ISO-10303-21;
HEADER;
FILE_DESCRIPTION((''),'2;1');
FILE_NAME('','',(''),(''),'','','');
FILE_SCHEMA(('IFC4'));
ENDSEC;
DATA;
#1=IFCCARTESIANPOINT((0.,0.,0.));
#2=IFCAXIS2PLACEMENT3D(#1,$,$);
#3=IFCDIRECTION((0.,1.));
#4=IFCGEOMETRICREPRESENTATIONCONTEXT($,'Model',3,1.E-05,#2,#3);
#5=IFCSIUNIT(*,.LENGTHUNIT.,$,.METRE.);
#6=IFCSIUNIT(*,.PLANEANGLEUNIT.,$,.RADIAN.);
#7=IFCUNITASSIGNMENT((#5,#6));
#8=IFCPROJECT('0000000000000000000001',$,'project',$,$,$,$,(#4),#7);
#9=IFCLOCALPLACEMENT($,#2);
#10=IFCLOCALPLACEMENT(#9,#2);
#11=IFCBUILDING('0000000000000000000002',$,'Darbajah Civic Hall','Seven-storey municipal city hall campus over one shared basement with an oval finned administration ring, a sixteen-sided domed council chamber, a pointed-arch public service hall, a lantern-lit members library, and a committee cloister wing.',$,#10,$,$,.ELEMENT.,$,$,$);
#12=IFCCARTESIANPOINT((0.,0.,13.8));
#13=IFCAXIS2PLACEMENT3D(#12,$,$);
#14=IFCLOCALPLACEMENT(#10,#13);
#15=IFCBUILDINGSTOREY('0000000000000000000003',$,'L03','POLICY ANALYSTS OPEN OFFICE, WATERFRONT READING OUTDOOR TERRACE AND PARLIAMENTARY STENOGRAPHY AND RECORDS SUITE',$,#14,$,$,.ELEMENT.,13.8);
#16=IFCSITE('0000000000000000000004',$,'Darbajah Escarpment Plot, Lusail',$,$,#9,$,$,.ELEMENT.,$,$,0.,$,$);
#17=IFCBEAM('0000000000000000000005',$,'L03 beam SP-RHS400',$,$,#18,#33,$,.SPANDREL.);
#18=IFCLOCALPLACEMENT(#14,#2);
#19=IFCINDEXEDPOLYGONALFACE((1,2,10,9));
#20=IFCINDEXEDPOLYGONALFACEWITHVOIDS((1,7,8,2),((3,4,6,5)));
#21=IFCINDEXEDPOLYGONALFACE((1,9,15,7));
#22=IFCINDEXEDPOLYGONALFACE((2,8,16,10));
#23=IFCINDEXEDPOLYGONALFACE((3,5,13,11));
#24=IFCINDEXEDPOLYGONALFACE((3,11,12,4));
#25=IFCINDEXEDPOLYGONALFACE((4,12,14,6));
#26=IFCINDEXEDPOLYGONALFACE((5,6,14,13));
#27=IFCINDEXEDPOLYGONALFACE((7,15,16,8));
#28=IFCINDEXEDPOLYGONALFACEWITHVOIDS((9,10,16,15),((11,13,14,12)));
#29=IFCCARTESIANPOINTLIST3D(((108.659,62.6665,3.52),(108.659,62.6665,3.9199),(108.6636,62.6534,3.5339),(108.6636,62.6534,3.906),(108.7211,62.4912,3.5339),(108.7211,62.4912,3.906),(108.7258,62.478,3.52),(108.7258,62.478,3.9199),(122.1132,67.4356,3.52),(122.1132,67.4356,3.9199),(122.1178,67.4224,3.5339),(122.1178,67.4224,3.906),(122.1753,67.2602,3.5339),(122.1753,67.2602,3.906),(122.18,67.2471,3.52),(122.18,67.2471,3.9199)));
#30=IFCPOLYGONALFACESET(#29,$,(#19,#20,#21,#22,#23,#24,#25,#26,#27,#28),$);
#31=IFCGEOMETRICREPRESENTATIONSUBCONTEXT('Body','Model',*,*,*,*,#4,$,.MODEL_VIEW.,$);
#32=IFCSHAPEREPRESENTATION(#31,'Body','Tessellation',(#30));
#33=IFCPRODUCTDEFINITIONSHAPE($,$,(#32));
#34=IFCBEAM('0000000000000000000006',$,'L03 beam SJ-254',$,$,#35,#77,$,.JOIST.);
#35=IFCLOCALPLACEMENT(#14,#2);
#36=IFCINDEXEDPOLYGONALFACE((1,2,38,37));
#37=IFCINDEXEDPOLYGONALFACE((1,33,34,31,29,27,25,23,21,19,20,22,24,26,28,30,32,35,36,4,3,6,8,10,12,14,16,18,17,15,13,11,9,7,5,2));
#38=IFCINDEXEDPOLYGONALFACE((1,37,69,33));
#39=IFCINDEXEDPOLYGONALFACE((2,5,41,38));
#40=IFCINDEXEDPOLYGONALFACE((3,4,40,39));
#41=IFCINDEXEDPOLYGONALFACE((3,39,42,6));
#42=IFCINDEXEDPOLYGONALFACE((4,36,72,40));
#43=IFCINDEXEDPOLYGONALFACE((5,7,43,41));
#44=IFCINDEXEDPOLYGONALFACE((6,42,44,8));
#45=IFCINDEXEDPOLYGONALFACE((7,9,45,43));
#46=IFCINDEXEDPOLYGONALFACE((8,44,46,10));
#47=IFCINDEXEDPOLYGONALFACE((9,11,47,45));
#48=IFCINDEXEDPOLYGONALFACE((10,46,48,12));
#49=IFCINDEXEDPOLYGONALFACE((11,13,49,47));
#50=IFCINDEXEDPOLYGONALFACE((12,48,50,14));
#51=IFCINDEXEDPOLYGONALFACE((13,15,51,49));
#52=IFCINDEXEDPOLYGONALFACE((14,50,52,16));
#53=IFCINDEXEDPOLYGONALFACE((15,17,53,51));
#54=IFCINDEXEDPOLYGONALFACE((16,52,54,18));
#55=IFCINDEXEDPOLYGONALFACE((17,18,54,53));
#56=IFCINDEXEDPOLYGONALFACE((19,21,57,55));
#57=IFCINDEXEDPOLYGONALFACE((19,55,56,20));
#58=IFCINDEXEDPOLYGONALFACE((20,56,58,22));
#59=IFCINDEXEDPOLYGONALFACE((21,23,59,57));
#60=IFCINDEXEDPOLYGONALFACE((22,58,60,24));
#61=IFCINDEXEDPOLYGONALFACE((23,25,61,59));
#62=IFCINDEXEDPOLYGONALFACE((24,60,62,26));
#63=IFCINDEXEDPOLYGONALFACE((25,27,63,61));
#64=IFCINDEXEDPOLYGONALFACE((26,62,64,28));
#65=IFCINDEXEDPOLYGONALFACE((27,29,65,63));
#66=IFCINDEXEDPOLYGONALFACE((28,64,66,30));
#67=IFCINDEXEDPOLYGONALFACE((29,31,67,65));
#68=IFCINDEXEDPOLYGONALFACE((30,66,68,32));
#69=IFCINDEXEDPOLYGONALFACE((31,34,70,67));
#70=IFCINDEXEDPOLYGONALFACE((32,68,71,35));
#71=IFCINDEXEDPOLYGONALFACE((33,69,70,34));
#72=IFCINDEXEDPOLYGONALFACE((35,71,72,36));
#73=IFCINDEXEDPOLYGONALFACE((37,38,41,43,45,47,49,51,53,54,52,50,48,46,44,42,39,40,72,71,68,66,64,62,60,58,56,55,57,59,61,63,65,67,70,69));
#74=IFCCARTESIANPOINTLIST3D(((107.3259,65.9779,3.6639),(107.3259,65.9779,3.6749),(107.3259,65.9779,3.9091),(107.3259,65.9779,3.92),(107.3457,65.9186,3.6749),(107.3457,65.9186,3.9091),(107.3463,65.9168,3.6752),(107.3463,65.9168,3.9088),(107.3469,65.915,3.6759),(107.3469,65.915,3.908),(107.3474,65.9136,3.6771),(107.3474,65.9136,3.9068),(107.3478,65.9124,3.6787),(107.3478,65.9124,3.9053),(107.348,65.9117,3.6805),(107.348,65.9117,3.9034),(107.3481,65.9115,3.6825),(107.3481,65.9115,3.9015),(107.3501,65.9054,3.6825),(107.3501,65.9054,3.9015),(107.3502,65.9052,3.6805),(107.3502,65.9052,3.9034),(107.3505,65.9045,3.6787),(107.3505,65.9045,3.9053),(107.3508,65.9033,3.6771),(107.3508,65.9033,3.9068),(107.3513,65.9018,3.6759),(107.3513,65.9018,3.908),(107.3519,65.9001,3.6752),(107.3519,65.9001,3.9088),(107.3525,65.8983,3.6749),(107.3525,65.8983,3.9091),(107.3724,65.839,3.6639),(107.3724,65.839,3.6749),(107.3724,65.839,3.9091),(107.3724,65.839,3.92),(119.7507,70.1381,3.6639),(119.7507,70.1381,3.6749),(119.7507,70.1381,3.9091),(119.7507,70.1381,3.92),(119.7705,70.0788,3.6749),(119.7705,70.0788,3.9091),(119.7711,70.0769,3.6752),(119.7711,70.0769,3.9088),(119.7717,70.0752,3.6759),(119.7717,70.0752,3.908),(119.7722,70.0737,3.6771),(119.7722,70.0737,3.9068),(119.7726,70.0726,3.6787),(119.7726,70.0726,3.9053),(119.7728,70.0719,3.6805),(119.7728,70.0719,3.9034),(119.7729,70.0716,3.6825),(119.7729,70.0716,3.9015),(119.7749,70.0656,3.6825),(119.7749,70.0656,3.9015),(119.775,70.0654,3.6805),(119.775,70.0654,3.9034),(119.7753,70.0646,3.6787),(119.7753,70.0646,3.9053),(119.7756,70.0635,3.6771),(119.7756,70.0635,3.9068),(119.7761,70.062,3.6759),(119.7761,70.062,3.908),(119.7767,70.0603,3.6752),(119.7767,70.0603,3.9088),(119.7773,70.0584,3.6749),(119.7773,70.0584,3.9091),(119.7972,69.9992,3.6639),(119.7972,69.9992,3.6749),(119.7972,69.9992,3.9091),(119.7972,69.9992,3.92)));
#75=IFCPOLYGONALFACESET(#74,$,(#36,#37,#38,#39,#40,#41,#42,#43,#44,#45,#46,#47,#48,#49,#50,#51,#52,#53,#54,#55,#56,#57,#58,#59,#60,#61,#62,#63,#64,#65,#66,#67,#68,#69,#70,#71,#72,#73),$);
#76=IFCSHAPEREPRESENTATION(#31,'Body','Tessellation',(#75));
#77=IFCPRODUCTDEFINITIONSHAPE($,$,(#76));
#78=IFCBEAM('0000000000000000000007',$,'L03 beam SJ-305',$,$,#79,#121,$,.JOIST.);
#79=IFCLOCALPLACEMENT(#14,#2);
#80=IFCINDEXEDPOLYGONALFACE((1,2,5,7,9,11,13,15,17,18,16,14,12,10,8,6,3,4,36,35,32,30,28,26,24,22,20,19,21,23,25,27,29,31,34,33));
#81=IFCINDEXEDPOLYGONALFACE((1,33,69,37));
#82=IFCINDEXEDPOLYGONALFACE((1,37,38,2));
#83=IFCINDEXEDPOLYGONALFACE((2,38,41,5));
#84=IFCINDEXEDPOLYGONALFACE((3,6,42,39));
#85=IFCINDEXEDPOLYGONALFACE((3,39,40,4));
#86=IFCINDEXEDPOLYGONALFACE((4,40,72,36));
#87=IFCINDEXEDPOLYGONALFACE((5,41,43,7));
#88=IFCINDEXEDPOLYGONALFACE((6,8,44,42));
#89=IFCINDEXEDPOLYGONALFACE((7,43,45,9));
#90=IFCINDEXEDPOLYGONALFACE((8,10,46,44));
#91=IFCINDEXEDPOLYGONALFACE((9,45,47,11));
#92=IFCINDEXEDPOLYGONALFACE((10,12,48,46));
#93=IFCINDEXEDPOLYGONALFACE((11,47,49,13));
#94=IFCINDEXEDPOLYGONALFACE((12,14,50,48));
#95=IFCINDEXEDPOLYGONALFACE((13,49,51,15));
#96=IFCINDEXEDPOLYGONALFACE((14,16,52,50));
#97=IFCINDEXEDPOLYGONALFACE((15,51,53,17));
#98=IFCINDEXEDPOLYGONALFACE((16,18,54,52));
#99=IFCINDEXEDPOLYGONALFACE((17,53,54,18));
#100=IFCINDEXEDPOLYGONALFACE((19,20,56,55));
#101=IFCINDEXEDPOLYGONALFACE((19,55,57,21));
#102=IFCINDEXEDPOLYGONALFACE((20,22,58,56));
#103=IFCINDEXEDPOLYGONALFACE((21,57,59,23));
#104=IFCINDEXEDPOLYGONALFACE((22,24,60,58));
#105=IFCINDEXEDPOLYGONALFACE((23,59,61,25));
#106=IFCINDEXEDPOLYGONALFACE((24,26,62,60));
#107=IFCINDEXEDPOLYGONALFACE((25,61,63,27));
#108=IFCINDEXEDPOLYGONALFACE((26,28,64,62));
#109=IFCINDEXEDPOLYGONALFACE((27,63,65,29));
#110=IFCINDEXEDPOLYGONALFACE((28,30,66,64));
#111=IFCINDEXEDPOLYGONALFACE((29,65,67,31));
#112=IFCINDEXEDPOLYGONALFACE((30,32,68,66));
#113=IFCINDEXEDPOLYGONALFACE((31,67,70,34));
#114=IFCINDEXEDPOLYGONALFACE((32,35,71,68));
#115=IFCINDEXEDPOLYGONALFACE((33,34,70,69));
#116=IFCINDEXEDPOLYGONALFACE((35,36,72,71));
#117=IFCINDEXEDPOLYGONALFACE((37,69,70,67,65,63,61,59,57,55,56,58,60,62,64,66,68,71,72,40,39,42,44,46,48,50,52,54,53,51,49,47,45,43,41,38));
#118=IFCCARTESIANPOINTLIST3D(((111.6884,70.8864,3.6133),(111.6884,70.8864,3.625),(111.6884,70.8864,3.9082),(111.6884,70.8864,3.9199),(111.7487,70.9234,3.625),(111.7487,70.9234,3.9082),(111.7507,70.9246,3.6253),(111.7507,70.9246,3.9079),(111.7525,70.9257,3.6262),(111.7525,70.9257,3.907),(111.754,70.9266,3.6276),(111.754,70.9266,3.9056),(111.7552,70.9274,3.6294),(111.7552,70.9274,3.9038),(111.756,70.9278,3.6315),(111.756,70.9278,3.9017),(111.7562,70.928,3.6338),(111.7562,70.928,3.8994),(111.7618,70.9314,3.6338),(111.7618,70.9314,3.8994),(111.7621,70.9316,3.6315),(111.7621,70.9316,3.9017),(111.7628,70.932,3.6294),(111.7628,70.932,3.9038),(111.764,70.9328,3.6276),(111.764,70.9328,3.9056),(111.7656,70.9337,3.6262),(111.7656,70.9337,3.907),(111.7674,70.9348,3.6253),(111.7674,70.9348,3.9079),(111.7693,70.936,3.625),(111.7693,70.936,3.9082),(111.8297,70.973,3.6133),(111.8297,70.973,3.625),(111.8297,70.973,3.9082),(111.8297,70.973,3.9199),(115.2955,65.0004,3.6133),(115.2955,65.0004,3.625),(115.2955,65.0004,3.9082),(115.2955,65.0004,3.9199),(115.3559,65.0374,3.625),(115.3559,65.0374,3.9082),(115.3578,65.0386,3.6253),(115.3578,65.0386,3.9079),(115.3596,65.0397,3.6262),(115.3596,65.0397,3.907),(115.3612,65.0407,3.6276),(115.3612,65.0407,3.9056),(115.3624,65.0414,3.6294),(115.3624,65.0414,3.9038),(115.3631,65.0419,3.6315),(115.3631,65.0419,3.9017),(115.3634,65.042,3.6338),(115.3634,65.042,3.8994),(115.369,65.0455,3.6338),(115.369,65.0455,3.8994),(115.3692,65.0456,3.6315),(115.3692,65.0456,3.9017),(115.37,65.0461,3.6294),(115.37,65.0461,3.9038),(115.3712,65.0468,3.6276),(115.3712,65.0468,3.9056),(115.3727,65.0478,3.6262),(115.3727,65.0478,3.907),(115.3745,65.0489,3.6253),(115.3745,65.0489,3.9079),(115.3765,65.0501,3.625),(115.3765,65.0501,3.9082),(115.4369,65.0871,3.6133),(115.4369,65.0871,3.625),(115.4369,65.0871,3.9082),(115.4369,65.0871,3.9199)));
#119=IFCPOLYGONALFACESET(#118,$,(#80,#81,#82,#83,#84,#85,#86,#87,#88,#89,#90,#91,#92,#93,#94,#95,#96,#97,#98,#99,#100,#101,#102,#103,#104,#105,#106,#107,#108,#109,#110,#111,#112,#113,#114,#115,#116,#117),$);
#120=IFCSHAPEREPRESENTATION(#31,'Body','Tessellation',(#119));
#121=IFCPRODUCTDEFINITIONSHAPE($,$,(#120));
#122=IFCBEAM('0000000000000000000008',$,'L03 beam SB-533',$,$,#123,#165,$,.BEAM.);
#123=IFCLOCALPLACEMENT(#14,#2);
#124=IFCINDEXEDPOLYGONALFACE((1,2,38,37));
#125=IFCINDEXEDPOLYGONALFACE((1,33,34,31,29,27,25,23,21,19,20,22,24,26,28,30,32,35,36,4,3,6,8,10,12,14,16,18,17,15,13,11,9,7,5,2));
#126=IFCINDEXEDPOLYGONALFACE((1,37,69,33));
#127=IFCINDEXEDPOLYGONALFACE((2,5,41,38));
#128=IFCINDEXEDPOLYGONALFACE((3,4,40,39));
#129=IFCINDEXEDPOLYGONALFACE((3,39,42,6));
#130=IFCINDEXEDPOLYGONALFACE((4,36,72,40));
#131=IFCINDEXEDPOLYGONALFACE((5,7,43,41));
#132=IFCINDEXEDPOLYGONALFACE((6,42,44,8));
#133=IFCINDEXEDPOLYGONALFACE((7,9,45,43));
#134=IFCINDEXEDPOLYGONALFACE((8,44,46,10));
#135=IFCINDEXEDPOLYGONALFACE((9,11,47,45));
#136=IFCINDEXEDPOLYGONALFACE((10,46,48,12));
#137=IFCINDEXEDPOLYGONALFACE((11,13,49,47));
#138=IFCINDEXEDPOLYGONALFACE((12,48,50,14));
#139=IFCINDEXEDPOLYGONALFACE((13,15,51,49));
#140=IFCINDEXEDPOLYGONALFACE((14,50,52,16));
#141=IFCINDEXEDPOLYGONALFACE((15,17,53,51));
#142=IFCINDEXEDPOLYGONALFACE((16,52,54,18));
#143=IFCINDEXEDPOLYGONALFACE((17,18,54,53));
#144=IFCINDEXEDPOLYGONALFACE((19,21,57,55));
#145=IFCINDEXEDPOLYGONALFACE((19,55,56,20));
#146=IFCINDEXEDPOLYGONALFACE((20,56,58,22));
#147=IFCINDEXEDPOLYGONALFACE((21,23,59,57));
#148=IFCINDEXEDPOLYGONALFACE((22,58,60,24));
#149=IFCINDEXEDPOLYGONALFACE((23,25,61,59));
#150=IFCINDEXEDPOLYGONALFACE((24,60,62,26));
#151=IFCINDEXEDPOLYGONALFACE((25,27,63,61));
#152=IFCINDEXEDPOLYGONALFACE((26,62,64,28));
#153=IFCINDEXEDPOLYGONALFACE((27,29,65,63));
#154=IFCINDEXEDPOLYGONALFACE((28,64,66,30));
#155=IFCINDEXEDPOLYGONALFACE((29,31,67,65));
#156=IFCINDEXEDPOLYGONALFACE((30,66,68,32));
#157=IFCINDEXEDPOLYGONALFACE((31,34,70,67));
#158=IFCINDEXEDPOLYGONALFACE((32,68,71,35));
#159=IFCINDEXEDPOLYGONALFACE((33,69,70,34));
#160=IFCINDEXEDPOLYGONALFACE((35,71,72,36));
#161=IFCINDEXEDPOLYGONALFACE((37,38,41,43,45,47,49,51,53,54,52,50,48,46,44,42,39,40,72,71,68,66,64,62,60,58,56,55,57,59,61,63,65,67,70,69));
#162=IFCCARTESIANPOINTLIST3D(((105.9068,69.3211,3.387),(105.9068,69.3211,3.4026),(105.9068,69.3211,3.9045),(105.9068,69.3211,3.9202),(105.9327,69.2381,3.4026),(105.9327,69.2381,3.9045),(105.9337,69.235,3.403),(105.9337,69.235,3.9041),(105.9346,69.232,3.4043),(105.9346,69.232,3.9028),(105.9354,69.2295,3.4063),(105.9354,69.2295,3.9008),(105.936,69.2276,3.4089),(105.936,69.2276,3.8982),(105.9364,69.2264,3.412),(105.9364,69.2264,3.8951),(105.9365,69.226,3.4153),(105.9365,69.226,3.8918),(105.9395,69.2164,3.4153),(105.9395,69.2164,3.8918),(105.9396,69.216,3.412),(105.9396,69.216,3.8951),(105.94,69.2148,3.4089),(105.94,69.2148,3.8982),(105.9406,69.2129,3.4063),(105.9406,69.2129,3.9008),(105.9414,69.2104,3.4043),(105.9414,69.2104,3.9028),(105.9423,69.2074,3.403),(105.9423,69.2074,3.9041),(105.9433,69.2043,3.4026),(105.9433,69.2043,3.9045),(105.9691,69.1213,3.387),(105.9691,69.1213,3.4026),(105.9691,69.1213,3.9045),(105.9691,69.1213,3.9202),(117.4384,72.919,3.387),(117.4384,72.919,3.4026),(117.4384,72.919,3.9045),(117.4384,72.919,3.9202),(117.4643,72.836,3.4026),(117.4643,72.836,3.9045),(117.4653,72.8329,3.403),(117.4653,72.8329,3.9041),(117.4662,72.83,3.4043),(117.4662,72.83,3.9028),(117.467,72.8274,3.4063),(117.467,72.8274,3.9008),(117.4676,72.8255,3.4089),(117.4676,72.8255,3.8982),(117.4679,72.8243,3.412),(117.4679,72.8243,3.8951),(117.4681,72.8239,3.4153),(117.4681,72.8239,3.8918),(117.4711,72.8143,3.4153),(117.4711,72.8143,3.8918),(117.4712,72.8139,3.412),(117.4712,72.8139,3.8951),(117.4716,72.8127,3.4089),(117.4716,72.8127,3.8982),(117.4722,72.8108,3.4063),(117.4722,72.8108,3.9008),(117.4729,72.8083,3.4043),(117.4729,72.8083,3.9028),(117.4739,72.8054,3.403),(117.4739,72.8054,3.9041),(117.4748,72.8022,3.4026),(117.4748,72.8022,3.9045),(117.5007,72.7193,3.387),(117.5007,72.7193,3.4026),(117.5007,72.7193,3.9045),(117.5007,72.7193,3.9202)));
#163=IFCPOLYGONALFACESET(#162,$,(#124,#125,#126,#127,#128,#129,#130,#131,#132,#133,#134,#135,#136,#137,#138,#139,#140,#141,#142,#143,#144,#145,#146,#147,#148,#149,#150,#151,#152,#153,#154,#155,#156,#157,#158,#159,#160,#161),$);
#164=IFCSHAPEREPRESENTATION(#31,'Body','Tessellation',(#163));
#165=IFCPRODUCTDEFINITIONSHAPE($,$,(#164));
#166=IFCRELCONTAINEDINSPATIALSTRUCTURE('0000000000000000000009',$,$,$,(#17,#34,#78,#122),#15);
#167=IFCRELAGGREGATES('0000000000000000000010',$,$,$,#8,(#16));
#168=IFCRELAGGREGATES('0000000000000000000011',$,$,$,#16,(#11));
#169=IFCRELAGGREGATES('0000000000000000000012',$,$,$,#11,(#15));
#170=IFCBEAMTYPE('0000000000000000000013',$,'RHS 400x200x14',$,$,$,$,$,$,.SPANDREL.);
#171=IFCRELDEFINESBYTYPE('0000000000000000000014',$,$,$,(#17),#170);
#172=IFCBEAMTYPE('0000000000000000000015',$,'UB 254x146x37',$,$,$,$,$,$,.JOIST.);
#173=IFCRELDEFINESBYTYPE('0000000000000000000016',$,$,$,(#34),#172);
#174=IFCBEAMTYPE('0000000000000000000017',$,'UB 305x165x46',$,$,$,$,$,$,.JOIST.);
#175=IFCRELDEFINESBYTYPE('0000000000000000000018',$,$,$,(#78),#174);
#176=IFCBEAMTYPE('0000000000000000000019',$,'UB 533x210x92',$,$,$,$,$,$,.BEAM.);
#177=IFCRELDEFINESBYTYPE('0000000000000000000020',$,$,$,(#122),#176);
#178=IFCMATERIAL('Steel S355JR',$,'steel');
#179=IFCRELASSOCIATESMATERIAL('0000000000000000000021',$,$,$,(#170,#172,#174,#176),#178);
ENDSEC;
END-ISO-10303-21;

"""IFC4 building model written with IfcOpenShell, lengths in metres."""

from ifc_helpers import new_model, si_unit, direction, frame, origin, origin_2d, place, context, subcontext, project, spatial, hollow_rectangle, i_section, extrude, material, material_profile, profile_set, type_object, element, save


model = new_model("IFC4")

# Units and contexts
model_context = context("Model", 3, precision=1e-05, world=origin(), true_north=direction((0.0, 1.0)))
body_context = subcontext(model_context, "Body", "Model", "MODEL_VIEW")
ifc_project = project(units=[si_unit("LENGTHUNIT", "METRE"), si_unit("PLANEANGLEUNIT", "RADIAN")], contexts=[model_context])

# Site, building, storey
site_placement = place(None, origin())
site = spatial("IfcSite", under=ifc_project, at=site_placement, Name="Darbajah Escarpment Plot, Lusail", CompositionType="ELEMENT", RefElevation=0.0)
building_placement = place(site_placement, origin())
building = spatial("IfcBuilding", under=site, at=building_placement, Name="Darbajah Civic Hall", Description="Seven-storey municipal city hall campus over one shared basement with an oval finned administration ring, a sixteen-sided domed council chamber, a pointed-arch public service hall, a lantern-lit members library, and a committee cloister wing.", CompositionType="ELEMENT")
storey_placement = place(building_placement, frame((0.0, 0.0, 13.8)))
storey = spatial("IfcBuildingStorey", under=building, at=storey_placement, Name="L03", Description="POLICY ANALYSTS OPEN OFFICE, WATERFRONT READING OUTDOOR TERRACE AND PARLIAMENTARY STENOGRAPHY AND RECORDS SUITE", CompositionType="ELEMENT", Elevation=13.8)

# Beams
ifc_material_1 = material(Name="Steel S355JR", Category="steel")
ifc_material_profile_1 = material_profile(ifc_material_1, hollow_rectangle(XDim=0.2, YDim=0.3999, WallThickness=0.0139, at=origin_2d()), Name="RHS 400x200x14")
ifc_profile_set_1 = profile_set([ifc_material_profile_1], Name="Steel S355JR")
beam_type_1 = type_object("IfcBeamType", Name="RHS 400x200x14", PredefinedType="SPANDREL", material=ifc_profile_set_1)
beam_1_placement = place(storey_placement, frame((108.6924, 62.5723, 3.72), z_axis=(0.942538, 0.334099, 0.0), x_axis=(-0.334099, 0.942538, 0.0)))
element("IfcBeam", 1, at=beam_1_placement, inside=storey, type_object=beam_type_1, Name="L03 beam SP-RHS400", PredefinedType="SPANDREL", context=body_context, shape_type="SweptSolid", body=[
    extrude(hollow_rectangle(XDim=0.2, YDim=0.3999, WallThickness=0.0139, at=origin_2d()), origin(), (0.0, 0.0, 1.0), 14.2744),
])
ifc_material_profile_2 = material_profile(ifc_material_1, i_section(OverallWidth=0.1465, OverallDepth=0.2561, WebThickness=0.0063, FlangeThickness=0.011, FilletRadius=0.0076, at=origin_2d()), Name="UB 254x146x37")
ifc_profile_set_2 = profile_set([ifc_material_profile_2], Name="Steel S355JR")
beam_type_2 = type_object("IfcBeamType", Name="UB 254x146x37", PredefinedType="JOIST", material=ifc_profile_set_2)
beam_2_placement = place(storey_placement, frame((107.3491, 65.9084, 3.792), z_axis=(0.948258, 0.317502, 0.0), x_axis=(-0.317502, 0.948258, 0.0)))
element("IfcBeam", 2, at=beam_2_placement, inside=storey, type_object=beam_type_2, Name="L03 beam SJ-254", PredefinedType="JOIST", context=body_context, shape_type="SweptSolid", body=[
    extrude(i_section(OverallWidth=0.1465, OverallDepth=0.2561, WebThickness=0.0063, FlangeThickness=0.011, FilletRadius=0.0076, at=origin_2d()), origin(), (0.0, 0.0, 1.0), 13.1028),
])
ifc_material_profile_3 = material_profile(ifc_material_1, i_section(OverallWidth=0.1658, OverallDepth=0.3066, WebThickness=0.0066, FlangeThickness=0.0117, FilletRadius=0.0088, at=origin_2d()), Name="UB 305x165x46")
ifc_profile_set_3 = profile_set([ifc_material_profile_3], Name="Steel S355JR")
beam_type_3 = type_object("IfcBeamType", Name="UB 305x165x46", PredefinedType="JOIST", material=ifc_profile_set_3)
beam_3_placement = place(storey_placement, frame((111.759, 70.9297, 3.7666), z_axis=(0.522524, -0.852625, 0.0), x_axis=(0.852625, 0.522524, 0.0)))
element("IfcBeam", 3, at=beam_3_placement, inside=storey, type_object=beam_type_3, Name="L03 beam SJ-305", PredefinedType="JOIST", context=body_context, shape_type="SweptSolid", body=[
    extrude(i_section(OverallWidth=0.1658, OverallDepth=0.3066, WebThickness=0.0066, FlangeThickness=0.0117, FilletRadius=0.0088, at=origin_2d()), origin(), (0.0, 0.0, 1.0), 6.9033),
])
ifc_material_profile_4 = material_profile(ifc_material_1, i_section(OverallWidth=0.2092, OverallDepth=0.5332, WebThickness=0.01, FlangeThickness=0.0156, FilletRadius=0.0127, at=origin_2d()), Name="UB 533x210x92")
ifc_profile_set_4 = profile_set([ifc_material_profile_4], Name="Steel S355JR")
beam_type_4 = type_object("IfcBeamType", Name="UB 533x210x92", PredefinedType="BEAM", material=ifc_profile_set_4)
beam_4_placement = place(storey_placement, frame((105.938, 69.2212, 3.6536), z_axis=(0.954614, 0.297846, 0.0), x_axis=(-0.297846, 0.954614, 0.0)))
element("IfcBeam", 4, at=beam_4_placement, inside=storey, type_object=beam_type_4, Name="L03 beam SB-533", PredefinedType="BEAM", context=body_context, shape_type="SweptSolid", body=[
    extrude(i_section(OverallWidth=0.2092, OverallDepth=0.5332, WebThickness=0.01, FlangeThickness=0.0156, FilletRadius=0.0127, at=origin_2d()), origin(), (0.0, 0.0, 1.0), 12.0798),
])

save(model, "model.ifc")
